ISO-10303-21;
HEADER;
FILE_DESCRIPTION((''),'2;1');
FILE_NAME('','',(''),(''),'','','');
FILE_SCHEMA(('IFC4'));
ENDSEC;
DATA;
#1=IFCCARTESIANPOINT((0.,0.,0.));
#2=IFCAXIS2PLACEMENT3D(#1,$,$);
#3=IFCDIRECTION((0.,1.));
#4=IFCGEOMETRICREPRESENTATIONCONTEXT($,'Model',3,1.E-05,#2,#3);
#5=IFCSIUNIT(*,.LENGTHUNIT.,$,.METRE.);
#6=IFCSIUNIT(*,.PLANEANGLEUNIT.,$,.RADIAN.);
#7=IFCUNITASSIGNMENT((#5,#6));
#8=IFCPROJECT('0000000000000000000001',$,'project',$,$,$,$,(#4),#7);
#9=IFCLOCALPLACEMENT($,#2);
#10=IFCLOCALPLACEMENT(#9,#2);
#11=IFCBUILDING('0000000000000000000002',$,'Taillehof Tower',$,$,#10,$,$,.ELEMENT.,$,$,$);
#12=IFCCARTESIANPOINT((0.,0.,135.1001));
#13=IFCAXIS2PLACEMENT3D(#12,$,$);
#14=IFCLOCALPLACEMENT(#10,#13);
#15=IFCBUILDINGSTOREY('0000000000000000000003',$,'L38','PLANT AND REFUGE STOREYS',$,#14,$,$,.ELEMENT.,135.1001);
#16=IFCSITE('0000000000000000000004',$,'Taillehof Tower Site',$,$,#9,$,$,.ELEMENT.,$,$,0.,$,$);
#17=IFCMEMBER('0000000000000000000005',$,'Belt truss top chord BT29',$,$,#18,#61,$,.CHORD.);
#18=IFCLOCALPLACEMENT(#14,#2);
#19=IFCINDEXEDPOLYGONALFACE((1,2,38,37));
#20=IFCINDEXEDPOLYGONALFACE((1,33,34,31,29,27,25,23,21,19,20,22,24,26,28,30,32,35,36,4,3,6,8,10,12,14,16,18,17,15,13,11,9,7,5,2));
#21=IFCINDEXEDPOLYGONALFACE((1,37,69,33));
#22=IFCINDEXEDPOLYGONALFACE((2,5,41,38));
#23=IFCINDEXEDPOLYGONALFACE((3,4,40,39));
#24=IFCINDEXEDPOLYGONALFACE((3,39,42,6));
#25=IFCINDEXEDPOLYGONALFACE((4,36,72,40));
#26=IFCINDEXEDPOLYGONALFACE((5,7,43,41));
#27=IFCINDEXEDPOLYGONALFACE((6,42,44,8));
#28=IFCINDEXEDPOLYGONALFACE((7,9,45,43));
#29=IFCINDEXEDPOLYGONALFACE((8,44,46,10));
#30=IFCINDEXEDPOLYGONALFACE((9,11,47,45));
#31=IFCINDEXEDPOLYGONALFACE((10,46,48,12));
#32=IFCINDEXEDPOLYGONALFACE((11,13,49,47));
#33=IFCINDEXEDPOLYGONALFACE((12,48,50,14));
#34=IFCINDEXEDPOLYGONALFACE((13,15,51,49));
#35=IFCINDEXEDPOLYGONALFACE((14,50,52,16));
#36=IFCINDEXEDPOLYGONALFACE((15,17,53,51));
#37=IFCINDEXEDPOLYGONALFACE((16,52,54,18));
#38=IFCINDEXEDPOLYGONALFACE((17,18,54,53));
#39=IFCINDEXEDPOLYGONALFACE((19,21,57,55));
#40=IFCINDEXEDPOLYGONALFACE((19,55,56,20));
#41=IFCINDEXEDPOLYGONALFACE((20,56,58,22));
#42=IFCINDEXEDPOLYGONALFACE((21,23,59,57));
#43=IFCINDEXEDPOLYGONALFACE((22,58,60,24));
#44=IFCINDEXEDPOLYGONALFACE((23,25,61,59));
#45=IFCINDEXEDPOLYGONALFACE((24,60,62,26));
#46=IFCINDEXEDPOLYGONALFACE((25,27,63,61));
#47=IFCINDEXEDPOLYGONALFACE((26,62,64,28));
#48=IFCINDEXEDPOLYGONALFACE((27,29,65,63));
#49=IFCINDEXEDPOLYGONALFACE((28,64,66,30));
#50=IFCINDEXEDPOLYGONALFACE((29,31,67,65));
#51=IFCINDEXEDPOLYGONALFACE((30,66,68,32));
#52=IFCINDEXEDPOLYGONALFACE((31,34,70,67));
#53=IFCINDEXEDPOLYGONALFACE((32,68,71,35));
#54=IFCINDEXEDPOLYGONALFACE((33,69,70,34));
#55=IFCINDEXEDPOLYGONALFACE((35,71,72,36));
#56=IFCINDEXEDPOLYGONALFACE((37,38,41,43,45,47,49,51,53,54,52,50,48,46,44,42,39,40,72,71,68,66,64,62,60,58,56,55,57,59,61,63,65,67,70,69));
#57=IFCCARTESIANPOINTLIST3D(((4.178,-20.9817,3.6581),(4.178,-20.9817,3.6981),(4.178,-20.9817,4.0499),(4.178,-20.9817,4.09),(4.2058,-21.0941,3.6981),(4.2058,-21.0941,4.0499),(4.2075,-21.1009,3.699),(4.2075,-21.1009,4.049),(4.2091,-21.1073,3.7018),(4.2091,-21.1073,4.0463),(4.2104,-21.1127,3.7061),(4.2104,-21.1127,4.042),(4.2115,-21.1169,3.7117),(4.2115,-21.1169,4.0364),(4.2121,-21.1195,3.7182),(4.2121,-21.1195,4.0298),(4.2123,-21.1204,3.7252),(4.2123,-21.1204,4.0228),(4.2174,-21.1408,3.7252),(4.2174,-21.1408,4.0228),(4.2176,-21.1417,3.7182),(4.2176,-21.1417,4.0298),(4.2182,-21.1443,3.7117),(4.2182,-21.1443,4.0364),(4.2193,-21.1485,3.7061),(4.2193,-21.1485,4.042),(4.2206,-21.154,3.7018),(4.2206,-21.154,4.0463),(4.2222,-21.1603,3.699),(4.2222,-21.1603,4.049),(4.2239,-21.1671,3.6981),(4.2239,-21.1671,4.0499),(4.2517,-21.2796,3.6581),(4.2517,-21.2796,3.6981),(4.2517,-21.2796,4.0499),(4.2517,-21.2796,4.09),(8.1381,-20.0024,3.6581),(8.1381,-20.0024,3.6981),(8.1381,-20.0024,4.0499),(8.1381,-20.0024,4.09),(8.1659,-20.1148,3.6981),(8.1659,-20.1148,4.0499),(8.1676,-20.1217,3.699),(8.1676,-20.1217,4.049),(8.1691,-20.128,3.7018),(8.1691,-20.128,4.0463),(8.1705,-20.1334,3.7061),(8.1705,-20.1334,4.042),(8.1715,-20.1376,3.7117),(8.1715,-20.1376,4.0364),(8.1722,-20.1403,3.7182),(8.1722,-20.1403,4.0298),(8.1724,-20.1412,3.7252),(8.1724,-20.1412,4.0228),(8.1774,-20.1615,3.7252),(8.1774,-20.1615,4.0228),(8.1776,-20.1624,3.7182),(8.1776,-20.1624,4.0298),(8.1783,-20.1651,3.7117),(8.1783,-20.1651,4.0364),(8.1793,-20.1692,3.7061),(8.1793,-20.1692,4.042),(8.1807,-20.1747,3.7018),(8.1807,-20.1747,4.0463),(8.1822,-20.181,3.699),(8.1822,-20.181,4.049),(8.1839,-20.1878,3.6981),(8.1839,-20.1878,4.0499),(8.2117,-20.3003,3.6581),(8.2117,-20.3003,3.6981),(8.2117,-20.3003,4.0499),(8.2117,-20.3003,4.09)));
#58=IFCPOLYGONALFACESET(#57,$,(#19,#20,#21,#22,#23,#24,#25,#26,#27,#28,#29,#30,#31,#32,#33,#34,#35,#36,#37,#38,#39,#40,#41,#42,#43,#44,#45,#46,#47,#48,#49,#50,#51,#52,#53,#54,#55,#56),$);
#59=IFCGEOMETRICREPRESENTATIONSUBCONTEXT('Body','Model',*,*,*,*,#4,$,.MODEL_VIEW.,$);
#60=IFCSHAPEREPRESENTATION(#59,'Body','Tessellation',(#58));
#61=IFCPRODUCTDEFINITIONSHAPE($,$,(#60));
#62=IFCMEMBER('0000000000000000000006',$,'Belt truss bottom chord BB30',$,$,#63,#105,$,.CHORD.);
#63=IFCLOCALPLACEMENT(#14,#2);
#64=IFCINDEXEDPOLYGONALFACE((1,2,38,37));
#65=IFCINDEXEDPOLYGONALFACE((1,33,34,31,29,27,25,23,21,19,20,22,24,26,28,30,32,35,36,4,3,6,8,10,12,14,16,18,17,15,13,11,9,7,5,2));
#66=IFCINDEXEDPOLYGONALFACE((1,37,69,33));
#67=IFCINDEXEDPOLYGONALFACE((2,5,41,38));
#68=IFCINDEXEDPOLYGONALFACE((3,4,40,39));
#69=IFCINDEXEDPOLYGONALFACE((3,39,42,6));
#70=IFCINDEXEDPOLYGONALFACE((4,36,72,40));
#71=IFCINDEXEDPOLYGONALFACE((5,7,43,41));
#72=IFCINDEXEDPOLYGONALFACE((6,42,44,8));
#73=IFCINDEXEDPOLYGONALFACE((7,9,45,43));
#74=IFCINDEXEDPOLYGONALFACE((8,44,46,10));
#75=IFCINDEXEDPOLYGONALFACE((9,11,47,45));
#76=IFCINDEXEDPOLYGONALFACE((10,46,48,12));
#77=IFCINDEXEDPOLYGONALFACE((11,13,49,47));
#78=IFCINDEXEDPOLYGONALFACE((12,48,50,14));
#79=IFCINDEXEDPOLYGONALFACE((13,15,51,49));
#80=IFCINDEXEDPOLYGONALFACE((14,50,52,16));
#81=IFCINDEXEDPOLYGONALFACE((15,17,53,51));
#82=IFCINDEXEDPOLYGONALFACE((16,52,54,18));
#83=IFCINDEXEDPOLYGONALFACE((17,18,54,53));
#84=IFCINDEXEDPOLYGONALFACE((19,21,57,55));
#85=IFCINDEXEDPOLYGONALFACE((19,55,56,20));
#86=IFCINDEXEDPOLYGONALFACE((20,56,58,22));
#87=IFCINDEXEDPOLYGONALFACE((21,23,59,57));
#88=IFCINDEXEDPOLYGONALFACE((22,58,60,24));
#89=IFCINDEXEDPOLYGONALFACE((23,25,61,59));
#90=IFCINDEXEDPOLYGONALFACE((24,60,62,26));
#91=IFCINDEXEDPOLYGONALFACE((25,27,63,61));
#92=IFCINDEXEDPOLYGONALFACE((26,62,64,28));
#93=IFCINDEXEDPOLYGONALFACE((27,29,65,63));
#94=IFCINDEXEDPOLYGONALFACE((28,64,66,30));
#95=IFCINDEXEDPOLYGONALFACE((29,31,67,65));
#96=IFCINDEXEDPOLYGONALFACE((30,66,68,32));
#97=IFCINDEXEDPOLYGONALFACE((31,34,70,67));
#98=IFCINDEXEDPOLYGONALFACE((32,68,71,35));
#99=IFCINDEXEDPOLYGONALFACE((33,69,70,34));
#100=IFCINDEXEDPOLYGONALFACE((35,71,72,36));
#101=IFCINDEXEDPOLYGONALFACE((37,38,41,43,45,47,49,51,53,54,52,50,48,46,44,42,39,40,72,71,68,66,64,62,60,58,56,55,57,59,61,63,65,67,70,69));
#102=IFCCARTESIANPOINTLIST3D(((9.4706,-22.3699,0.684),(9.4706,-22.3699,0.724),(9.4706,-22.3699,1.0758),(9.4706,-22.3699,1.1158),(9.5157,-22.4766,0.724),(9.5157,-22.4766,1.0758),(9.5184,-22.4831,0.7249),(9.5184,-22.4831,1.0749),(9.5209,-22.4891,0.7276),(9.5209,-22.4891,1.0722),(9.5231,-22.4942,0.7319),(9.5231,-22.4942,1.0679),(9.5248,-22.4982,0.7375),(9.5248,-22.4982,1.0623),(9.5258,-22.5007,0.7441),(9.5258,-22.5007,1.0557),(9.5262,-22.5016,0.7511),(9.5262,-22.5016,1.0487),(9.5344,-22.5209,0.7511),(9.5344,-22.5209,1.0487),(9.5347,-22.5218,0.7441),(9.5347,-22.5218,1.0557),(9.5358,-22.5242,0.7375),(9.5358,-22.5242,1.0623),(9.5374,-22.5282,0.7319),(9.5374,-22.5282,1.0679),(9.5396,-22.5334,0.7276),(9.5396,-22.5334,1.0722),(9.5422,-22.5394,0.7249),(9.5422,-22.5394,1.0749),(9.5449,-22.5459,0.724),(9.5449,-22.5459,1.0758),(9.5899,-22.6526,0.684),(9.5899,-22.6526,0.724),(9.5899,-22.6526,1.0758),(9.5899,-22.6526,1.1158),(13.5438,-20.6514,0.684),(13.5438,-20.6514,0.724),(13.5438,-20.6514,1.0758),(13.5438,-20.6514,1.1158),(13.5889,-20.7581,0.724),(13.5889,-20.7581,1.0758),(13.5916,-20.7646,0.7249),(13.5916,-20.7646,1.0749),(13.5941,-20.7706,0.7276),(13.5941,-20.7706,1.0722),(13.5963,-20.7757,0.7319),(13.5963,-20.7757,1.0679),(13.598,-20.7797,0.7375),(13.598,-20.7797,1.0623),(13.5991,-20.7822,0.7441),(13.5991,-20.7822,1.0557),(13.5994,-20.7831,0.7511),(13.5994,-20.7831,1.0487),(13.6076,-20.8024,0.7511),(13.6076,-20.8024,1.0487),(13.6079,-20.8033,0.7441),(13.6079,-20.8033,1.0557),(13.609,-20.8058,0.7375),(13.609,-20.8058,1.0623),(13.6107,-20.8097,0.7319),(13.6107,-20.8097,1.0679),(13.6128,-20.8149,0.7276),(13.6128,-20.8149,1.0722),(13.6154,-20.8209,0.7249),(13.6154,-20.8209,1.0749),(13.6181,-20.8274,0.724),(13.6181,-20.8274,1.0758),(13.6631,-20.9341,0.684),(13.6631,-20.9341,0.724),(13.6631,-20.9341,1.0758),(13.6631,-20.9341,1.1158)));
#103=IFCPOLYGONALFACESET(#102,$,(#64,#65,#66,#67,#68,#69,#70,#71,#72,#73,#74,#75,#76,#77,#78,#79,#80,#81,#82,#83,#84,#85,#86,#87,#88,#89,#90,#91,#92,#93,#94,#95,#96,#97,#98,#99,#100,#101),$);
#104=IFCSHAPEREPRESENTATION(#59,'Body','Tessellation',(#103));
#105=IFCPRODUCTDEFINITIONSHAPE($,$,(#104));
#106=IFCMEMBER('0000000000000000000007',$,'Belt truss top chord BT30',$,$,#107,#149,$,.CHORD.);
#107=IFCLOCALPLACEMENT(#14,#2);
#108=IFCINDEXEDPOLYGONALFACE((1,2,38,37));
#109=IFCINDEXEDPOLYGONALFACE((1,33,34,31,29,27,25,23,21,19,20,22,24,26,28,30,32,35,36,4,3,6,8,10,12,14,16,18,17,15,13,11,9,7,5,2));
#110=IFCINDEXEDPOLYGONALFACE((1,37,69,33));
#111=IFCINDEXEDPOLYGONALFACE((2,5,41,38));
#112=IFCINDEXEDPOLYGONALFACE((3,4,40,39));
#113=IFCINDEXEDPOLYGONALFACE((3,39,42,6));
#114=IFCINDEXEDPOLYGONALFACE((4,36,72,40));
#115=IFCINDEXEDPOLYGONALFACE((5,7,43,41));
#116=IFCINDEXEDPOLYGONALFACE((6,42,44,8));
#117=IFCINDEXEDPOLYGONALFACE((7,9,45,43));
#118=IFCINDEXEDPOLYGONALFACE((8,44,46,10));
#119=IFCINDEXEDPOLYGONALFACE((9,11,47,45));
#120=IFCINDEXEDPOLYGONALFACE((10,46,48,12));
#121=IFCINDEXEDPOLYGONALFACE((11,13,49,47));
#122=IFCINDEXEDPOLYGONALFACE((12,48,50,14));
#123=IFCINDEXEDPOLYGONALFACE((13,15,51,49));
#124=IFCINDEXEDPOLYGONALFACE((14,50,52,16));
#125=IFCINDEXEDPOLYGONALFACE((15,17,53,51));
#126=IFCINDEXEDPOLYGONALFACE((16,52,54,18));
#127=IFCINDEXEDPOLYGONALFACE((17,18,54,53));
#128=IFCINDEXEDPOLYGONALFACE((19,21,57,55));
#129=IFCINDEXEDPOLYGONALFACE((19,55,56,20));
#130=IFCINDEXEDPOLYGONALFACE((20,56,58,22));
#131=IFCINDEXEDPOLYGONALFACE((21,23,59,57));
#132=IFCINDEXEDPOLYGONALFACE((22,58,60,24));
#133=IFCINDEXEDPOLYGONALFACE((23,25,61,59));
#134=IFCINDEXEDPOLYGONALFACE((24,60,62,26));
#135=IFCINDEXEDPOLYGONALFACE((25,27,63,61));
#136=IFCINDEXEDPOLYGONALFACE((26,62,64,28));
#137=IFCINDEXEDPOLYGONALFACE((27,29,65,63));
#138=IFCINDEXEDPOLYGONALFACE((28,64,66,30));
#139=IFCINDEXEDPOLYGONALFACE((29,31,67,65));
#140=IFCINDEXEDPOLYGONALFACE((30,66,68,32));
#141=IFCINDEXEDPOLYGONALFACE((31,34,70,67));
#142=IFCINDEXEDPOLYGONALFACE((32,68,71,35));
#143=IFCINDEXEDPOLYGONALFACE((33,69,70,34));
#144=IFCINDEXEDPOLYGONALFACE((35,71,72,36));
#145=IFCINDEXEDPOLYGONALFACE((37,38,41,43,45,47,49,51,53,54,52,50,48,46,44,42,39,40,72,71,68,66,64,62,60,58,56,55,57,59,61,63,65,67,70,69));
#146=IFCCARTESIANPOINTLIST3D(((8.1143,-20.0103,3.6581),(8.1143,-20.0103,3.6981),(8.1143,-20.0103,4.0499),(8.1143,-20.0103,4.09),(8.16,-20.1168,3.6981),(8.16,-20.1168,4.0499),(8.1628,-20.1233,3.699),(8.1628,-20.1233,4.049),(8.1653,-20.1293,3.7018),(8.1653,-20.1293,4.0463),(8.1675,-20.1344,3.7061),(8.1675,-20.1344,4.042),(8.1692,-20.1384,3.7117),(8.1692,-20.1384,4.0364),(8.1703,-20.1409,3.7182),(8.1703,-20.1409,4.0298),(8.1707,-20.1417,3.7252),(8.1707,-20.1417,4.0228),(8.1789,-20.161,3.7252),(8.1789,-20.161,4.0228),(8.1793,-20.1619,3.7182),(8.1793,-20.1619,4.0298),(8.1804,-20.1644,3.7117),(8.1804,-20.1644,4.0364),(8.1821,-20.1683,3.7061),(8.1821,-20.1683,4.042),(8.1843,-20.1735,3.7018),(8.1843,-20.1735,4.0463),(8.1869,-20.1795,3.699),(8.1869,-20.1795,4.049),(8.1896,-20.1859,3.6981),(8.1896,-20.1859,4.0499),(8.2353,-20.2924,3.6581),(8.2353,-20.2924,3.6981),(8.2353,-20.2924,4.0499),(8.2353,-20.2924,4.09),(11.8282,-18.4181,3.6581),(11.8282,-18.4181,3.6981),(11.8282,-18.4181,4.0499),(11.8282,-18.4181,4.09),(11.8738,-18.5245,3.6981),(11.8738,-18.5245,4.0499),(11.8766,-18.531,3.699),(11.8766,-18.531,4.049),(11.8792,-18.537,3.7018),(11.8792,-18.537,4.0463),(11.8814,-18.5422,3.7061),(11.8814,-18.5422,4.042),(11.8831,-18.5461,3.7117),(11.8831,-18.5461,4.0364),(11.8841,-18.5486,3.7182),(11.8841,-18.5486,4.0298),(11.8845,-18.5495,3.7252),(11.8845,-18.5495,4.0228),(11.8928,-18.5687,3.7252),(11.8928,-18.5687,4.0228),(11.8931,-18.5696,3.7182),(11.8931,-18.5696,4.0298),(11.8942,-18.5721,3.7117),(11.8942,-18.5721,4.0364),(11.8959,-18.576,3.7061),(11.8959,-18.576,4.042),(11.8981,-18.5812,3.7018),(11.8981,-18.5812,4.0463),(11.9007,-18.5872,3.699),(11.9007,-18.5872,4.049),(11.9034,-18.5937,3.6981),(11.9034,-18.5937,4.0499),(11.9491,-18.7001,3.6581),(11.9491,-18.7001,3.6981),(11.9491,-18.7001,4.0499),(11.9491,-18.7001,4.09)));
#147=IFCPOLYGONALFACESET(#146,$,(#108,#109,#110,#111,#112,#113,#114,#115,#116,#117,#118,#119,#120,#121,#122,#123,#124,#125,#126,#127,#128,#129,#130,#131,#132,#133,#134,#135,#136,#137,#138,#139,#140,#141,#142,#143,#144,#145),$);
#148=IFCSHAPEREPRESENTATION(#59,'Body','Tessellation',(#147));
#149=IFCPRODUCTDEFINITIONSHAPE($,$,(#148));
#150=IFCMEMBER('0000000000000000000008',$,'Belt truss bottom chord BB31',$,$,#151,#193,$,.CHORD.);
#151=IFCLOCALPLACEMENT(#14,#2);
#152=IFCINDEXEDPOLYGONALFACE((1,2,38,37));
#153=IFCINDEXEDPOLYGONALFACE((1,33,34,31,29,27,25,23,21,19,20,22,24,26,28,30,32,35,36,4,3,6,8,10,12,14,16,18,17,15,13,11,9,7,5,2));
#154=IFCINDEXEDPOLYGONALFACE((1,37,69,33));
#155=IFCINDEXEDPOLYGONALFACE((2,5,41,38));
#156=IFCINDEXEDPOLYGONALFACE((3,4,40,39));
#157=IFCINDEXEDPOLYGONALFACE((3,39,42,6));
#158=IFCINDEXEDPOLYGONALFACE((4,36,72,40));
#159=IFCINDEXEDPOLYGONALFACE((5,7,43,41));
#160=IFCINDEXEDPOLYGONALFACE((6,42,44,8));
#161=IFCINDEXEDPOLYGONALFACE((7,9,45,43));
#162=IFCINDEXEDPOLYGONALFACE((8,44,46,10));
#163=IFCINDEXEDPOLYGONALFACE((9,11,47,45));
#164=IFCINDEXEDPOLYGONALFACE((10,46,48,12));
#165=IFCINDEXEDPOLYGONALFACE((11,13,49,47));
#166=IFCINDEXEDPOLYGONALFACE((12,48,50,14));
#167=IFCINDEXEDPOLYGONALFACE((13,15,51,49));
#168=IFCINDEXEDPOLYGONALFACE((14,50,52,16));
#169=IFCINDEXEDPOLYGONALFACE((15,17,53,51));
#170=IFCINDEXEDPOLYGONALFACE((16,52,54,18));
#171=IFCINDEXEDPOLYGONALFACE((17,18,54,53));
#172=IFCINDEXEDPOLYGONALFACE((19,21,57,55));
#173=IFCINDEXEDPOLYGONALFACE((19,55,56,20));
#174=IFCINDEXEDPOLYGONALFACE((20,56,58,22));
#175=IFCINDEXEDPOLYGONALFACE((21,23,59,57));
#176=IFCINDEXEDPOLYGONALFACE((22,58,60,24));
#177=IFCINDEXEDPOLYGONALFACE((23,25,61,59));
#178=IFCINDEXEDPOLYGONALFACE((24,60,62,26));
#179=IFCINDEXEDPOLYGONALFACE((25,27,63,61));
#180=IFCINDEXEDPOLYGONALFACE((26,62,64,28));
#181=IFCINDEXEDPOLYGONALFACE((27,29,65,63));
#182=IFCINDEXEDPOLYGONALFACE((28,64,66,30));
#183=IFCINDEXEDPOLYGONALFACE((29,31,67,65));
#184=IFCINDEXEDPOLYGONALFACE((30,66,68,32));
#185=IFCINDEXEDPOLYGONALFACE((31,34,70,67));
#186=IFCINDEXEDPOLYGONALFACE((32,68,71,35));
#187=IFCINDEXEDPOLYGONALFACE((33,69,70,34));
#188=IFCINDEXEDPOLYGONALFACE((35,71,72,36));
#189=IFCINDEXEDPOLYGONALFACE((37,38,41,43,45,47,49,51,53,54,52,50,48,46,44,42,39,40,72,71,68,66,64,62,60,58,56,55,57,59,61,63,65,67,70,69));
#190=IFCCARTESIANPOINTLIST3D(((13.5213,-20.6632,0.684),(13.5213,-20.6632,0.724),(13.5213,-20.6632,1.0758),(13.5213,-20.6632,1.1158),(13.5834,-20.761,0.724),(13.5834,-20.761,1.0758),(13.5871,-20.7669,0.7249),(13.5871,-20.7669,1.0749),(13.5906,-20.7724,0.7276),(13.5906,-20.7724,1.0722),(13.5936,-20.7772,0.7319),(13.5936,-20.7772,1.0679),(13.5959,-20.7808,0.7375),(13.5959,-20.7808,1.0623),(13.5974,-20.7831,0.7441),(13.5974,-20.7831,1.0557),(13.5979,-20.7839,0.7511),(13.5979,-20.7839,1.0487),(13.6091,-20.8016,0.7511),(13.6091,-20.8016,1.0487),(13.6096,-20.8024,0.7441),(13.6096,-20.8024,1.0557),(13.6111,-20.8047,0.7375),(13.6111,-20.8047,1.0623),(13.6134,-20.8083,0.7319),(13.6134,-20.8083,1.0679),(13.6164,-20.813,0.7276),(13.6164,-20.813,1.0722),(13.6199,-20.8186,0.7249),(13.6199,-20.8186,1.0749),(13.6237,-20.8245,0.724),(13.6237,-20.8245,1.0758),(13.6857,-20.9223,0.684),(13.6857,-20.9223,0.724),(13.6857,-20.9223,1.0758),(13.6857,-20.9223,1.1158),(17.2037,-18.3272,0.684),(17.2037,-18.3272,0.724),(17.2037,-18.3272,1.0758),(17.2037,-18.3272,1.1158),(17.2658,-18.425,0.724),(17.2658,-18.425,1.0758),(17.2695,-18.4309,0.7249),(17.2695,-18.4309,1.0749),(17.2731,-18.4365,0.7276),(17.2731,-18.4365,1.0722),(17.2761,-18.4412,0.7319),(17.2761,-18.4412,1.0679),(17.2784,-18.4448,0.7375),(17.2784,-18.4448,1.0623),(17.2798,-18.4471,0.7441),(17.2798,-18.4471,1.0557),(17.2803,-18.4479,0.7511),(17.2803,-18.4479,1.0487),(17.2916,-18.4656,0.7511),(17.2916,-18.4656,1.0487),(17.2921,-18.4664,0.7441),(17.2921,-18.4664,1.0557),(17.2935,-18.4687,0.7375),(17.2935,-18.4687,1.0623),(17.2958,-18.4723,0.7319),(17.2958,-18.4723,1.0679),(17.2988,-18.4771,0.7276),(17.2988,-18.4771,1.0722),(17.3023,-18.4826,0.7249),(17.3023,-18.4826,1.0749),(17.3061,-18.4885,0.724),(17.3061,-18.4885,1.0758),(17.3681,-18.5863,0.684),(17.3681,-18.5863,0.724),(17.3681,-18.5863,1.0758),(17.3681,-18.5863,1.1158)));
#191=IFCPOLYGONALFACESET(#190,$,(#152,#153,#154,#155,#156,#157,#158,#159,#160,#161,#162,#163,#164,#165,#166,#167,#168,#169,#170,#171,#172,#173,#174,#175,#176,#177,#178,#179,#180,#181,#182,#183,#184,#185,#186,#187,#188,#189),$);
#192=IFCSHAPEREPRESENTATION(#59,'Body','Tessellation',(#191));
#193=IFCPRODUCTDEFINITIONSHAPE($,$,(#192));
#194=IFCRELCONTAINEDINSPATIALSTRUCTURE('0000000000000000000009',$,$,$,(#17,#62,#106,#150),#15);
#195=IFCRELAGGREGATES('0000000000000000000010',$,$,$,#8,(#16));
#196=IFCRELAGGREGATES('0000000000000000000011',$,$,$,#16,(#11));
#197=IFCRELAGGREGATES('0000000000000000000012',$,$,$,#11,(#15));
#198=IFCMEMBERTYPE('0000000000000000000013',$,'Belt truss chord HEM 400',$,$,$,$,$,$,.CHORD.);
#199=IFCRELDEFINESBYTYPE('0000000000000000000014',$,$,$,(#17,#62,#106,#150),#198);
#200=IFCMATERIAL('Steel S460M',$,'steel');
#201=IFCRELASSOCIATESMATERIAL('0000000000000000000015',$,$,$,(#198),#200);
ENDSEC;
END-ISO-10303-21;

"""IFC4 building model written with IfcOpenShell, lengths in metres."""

from ifc_helpers import new_model, si_unit, direction, frame, origin, origin_2d, place, context, subcontext, project, spatial, i_section, extrude, material, material_profile, profile_set, type_object, element, save


model = new_model("IFC4")

# Units and contexts
model_context = context("Model", 3, precision=1e-05, world=origin(), true_north=direction((0.0, 1.0)))
body_context = subcontext(model_context, "Body", "Model", "MODEL_VIEW")
ifc_project = project(units=[si_unit("LENGTHUNIT", "METRE"), si_unit("PLANEANGLEUNIT", "RADIAN")], contexts=[model_context])

# Site, building, storey
site_placement = place(None, origin())
site = spatial("IfcSite", under=ifc_project, at=site_placement, Name="Taillehof Tower Site", CompositionType="ELEMENT", RefElevation=0.0)
building_placement = place(site_placement, origin())
building = spatial("IfcBuilding", under=site, at=building_placement, Name="Taillehof Tower", CompositionType="ELEMENT")
storey_placement = place(building_placement, frame((0.0, 0.0, 135.1001)))
storey = spatial("IfcBuildingStorey", under=building, at=storey_placement, Name="L38", Description="PLANT AND REFUGE STOREYS", CompositionType="ELEMENT", Elevation=135.1001)

# Members
ifc_material_1 = material(Name="Steel S460M", Category="steel")
ifc_material_profile_1 = material_profile(ifc_material_1, i_section(OverallWidth=0.3069, OverallDepth=0.4319, WebThickness=0.021, FlangeThickness=0.04, FilletRadius=0.0271, at=origin_2d()), Name="HEM 400")
ifc_profile_set_1 = profile_set([ifc_material_profile_1], Name="Steel S460M")
member_type_1 = type_object("IfcMemberType", Name="Belt truss chord HEM 400", PredefinedType="CHORD", material=ifc_profile_set_1)
member_1_placement = place(storey_placement, frame((4.2148, -21.1306, 3.874), z_axis=(0.970759, 0.240056, 0.0), x_axis=(-0.240056, 0.970759, 0.0)))
element("IfcMember", 1, at=member_1_placement, inside=storey, type_object=member_type_1, Name="Belt truss top chord BT29", PredefinedType="CHORD", context=body_context, shape_type="SweptSolid", body=[
    extrude(i_section(OverallWidth=0.3069, OverallDepth=0.4319, WebThickness=0.021, FlangeThickness=0.04, FilletRadius=0.0271, at=origin_2d()), origin(), (0.0, 0.0, 1.0), 4.0793),
])
member_2_placement = place(storey_placement, frame((9.5303, -22.5112, 0.8999), z_axis=(0.921356, 0.388721, 0.0), x_axis=(-0.388721, 0.921356, 0.0)))
element("IfcMember", 2, at=member_2_placement, inside=storey, type_object=member_type_1, Name="Belt truss bottom chord BB30", PredefinedType="CHORD", context=body_context, shape_type="SweptSolid", body=[
    extrude(i_section(OverallWidth=0.3069, OverallDepth=0.4319, WebThickness=0.021, FlangeThickness=0.04, FilletRadius=0.0271, at=origin_2d()), origin(), (0.0, 0.0, 1.0), 4.4209),
])
member_3_placement = place(storey_placement, frame((8.1748, -20.1514, 3.874), z_axis=(0.919089, 0.394051, 0.0), x_axis=(-0.394051, 0.919089, 0.0)))
element("IfcMember", 3, at=member_3_placement, inside=storey, type_object=member_type_1, Name="Belt truss top chord BT30", PredefinedType="CHORD", context=body_context, shape_type="SweptSolid", body=[
    extrude(i_section(OverallWidth=0.3069, OverallDepth=0.4319, WebThickness=0.021, FlangeThickness=0.04, FilletRadius=0.0271, at=origin_2d()), origin(), (0.0, 0.0, 1.0), 4.0408),
])
member_4_placement = place(storey_placement, frame((13.6035, -20.7927, 0.8999), z_axis=(0.844428, 0.535669, 0.0), x_axis=(-0.535669, 0.844428, 0.0)))
element("IfcMember", 4, at=member_4_placement, inside=storey, type_object=member_type_1, Name="Belt truss bottom chord BB31", PredefinedType="CHORD", context=body_context, shape_type="SweptSolid", body=[
    extrude(i_section(OverallWidth=0.3069, OverallDepth=0.4319, WebThickness=0.021, FlangeThickness=0.04, FilletRadius=0.0271, at=origin_2d()), origin(), (0.0, 0.0, 1.0), 4.3608),
])

save(model, "model.ifc")
